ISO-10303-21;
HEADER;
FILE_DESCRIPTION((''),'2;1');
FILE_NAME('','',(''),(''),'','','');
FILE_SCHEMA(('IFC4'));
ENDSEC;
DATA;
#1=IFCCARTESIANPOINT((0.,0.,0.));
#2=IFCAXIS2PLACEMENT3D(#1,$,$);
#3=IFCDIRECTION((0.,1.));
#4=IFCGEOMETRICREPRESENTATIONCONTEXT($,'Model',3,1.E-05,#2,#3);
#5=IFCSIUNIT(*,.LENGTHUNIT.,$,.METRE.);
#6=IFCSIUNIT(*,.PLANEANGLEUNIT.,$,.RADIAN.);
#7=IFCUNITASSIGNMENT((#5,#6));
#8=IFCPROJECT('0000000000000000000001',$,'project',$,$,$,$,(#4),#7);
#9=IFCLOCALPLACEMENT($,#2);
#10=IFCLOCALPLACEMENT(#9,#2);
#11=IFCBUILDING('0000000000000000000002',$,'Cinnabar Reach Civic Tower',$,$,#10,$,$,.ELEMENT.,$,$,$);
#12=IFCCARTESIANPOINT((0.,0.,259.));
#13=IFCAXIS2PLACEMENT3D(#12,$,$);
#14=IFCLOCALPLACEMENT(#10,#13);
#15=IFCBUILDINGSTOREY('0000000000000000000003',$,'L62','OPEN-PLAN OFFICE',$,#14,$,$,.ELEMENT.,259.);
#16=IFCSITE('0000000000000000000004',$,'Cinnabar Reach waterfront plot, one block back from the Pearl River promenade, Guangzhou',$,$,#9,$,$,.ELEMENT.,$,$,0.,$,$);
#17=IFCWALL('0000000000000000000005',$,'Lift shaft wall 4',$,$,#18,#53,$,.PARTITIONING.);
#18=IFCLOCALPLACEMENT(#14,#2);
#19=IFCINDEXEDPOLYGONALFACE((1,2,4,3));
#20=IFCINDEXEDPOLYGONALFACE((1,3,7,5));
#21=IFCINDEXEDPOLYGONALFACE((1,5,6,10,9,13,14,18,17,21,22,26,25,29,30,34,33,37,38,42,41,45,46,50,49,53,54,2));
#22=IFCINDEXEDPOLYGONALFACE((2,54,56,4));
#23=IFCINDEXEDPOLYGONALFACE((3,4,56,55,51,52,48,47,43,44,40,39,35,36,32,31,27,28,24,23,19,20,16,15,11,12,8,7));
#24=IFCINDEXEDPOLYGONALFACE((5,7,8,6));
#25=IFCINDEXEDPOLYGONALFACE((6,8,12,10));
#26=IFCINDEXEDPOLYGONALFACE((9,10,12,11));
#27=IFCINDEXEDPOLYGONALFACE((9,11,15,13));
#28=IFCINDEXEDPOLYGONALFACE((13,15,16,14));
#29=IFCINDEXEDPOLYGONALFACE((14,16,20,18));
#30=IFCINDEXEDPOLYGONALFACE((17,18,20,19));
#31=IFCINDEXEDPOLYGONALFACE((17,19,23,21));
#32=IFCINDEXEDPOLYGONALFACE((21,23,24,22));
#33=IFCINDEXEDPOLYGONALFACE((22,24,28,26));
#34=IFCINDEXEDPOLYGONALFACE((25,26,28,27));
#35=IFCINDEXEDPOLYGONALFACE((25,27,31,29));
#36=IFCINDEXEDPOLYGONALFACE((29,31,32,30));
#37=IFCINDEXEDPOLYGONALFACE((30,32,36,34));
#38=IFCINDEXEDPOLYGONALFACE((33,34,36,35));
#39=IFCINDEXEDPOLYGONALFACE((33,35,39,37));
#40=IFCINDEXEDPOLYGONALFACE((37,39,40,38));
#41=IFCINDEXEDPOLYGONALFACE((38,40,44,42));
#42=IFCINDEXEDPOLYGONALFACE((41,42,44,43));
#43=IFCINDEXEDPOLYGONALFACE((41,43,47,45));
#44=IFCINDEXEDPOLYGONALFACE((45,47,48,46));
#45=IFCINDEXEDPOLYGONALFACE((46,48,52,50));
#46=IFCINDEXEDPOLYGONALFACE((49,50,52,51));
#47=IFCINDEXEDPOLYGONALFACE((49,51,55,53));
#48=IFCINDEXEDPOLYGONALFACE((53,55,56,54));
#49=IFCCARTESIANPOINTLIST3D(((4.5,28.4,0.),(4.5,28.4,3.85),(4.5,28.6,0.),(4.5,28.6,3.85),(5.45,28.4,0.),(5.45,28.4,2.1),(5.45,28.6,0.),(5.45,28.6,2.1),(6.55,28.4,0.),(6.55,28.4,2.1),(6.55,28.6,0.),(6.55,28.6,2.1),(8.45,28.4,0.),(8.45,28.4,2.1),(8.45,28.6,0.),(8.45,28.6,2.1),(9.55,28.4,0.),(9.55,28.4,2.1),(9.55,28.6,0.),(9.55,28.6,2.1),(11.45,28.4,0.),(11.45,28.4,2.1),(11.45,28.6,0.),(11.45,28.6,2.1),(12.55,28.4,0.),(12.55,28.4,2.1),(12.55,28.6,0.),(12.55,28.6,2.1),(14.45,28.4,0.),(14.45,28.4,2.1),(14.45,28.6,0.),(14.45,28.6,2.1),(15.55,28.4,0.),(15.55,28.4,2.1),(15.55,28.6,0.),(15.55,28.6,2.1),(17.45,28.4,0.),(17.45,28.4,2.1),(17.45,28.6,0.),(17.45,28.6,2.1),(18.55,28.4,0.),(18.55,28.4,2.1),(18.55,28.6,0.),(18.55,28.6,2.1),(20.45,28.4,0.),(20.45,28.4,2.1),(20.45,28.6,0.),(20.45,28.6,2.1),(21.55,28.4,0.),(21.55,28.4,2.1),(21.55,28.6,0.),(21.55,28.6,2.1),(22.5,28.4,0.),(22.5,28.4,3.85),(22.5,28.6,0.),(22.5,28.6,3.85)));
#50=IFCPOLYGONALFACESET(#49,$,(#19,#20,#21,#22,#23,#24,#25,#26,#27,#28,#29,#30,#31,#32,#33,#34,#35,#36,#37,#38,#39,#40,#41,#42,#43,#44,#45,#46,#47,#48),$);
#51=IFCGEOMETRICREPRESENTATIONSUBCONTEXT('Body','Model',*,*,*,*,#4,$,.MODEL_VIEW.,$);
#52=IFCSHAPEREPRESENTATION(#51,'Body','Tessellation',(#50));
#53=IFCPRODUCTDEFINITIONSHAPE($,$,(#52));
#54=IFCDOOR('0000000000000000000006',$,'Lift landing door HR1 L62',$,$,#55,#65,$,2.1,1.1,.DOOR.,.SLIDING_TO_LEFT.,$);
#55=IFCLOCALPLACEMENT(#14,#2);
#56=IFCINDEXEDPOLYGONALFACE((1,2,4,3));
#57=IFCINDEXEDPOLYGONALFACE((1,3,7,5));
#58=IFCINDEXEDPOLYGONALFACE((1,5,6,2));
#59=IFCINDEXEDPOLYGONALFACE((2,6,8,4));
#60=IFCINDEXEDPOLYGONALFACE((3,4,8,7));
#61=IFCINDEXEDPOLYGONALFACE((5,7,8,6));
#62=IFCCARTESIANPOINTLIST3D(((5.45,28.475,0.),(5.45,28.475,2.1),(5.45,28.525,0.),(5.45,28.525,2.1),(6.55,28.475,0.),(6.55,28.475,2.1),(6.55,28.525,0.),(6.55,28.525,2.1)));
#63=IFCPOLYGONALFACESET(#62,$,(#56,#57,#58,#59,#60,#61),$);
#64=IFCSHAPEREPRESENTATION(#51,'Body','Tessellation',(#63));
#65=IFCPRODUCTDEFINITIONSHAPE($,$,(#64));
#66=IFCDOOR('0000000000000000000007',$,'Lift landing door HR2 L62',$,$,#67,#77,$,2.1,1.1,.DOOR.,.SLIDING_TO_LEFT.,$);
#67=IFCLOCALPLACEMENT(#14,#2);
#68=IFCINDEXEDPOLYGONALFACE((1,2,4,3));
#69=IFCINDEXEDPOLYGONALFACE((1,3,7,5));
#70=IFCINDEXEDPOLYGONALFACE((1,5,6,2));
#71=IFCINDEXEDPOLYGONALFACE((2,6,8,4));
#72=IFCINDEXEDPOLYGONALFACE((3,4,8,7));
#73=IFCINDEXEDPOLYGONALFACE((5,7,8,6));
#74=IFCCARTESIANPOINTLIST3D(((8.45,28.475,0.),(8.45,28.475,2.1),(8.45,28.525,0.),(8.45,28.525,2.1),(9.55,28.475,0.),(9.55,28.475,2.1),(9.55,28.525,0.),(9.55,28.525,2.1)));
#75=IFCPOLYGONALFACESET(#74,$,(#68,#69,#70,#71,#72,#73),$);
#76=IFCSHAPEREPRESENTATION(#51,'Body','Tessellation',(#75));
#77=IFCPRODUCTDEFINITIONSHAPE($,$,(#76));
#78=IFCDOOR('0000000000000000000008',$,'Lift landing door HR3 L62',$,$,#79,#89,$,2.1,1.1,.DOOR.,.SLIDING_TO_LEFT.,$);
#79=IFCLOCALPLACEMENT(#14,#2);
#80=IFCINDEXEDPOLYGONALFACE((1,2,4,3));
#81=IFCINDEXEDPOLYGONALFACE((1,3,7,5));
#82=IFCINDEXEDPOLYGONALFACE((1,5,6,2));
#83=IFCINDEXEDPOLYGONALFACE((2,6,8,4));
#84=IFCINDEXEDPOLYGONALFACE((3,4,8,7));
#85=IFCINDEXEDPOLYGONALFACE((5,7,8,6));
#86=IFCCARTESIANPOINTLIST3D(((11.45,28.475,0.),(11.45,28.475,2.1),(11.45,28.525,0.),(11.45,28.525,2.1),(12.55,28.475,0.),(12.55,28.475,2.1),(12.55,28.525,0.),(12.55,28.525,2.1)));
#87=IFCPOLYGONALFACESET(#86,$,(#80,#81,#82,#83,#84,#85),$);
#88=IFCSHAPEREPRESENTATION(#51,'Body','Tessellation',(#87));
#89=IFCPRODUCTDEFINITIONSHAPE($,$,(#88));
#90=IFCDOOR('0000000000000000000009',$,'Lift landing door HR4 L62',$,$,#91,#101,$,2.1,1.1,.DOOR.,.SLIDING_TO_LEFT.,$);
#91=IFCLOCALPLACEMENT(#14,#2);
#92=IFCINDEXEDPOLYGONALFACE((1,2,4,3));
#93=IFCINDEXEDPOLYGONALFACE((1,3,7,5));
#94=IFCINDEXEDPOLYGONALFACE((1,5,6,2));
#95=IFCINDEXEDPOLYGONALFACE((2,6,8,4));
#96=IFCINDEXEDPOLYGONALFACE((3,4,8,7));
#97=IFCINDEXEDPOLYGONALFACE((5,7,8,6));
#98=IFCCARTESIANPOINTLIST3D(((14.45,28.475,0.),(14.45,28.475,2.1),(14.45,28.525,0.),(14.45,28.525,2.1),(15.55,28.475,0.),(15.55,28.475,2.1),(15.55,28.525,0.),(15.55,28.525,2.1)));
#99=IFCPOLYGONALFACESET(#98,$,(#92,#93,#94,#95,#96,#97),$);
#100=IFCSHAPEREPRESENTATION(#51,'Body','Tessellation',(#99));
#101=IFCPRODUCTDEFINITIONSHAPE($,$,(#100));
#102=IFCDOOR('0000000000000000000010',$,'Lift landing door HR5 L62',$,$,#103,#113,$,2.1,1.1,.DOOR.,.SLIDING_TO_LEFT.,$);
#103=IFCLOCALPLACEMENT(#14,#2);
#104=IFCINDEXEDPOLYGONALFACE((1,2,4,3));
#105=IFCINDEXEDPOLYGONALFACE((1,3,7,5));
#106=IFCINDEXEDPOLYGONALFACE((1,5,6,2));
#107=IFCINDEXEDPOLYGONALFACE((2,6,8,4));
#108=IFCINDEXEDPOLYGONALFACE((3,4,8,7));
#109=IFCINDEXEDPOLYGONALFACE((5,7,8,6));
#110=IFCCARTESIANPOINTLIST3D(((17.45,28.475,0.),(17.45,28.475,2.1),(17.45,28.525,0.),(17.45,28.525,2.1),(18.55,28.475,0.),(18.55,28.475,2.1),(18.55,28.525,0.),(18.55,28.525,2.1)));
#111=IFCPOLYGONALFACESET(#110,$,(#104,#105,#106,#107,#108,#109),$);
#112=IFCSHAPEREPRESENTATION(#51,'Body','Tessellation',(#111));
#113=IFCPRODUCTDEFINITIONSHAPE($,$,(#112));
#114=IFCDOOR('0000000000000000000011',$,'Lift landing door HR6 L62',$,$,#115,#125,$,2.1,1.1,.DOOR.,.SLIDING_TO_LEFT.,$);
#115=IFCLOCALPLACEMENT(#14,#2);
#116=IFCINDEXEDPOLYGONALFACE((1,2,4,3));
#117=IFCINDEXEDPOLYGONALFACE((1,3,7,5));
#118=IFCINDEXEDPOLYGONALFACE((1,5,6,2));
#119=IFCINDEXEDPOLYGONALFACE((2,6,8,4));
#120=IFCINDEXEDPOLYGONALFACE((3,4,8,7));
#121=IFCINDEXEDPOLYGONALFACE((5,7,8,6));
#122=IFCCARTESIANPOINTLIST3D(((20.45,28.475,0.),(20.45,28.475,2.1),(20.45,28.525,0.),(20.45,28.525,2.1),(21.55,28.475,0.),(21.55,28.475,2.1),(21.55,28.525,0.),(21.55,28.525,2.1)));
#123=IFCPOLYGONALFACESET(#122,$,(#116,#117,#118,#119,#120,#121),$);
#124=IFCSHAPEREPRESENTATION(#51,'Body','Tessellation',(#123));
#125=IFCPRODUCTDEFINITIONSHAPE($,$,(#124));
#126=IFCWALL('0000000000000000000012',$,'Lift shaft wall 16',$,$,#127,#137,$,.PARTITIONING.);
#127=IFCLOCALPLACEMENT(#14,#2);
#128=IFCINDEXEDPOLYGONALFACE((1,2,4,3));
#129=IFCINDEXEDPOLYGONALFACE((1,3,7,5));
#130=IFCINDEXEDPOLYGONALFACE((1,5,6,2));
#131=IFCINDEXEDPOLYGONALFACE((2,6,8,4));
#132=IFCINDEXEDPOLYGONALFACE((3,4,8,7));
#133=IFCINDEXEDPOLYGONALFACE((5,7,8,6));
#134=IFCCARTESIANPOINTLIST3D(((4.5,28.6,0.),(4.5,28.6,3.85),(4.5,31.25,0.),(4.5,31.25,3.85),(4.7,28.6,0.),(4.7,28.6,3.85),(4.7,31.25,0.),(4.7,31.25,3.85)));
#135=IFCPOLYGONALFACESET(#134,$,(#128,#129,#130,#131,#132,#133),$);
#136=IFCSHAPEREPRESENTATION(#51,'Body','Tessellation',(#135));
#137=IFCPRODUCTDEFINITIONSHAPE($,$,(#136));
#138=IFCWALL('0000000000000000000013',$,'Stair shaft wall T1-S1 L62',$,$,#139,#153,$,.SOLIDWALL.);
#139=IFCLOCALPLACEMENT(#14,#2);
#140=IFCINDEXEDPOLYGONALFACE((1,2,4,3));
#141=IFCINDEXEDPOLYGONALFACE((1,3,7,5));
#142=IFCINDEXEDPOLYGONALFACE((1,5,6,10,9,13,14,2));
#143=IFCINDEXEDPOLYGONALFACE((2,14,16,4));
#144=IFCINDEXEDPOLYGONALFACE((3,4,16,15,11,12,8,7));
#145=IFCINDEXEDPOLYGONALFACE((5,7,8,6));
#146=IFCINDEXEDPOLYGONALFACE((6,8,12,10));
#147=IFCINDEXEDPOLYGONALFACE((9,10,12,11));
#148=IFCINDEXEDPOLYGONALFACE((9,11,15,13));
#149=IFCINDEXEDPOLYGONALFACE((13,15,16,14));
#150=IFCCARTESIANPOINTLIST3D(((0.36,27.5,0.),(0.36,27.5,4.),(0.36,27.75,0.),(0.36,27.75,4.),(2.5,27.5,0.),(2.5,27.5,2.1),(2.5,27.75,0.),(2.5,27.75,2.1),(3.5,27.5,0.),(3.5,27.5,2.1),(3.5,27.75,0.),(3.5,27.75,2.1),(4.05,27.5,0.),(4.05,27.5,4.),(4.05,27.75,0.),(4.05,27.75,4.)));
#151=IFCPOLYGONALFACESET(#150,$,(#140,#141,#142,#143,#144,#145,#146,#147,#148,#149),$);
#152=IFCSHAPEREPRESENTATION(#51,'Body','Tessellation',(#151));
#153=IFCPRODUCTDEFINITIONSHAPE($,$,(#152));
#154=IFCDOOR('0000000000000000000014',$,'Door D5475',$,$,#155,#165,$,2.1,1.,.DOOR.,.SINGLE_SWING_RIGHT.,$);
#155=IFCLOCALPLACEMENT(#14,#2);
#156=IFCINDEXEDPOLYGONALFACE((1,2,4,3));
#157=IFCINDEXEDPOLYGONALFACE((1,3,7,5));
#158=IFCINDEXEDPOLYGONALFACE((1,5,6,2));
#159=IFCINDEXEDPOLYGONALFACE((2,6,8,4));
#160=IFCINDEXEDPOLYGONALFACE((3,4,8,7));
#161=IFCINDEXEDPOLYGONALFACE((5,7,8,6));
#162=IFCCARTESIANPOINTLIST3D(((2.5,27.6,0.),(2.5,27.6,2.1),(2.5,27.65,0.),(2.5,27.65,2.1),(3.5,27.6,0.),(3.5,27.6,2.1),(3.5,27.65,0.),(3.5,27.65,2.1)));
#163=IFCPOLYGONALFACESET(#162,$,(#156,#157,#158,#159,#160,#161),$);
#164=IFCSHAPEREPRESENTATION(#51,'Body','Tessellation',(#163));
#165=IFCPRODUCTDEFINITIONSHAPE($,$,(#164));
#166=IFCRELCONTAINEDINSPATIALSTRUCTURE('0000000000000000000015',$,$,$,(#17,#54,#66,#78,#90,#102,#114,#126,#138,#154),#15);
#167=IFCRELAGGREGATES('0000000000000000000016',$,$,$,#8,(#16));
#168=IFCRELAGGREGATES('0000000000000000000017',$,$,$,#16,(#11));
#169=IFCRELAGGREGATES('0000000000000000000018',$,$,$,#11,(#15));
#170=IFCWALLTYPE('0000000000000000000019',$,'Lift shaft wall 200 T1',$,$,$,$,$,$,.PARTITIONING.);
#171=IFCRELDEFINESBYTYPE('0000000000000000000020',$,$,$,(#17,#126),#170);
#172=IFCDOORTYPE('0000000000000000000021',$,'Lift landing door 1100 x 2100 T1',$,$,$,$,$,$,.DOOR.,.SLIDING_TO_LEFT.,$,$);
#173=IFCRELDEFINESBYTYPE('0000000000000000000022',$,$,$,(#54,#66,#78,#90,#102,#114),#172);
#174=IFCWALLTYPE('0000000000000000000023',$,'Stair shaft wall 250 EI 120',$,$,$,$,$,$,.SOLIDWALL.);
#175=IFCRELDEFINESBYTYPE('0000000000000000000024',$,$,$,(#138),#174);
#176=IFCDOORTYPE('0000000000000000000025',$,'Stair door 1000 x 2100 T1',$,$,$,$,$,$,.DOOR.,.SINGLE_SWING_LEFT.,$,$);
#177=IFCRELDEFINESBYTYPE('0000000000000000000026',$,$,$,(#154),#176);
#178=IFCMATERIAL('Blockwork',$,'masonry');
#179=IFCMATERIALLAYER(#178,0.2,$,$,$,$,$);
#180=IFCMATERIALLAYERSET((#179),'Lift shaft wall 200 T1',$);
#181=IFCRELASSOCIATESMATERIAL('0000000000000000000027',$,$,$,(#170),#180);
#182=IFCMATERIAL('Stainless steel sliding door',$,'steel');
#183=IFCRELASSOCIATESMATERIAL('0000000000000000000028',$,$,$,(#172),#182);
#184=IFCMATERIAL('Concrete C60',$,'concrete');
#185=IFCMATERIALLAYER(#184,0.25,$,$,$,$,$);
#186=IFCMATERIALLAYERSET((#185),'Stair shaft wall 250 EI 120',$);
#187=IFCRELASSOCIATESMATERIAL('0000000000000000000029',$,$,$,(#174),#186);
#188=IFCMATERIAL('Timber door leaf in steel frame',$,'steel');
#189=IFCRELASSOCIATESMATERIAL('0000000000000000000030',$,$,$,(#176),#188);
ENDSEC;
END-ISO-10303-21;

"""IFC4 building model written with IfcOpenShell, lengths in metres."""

from ifc_helpers import new_model, si_unit, direction, frame, frame_2d, origin, place, context, subcontext, project, spatial, rectangle, extrude, material, layer, layer_set, type_object, element, fill, save


model = new_model("IFC4")

# Units and contexts
model_context = context("Model", 3, precision=1e-05, world=origin(), true_north=direction((0.0, 1.0)))
body_context = subcontext(model_context, "Body", "Model", "MODEL_VIEW")
ifc_project = project(units=[si_unit("LENGTHUNIT", "METRE"), si_unit("PLANEANGLEUNIT", "RADIAN")], contexts=[model_context])

# Site, building, storey
site_placement = place(None, origin())
site = spatial("IfcSite", under=ifc_project, at=site_placement, Name="Cinnabar Reach waterfront plot, one block back from the Pearl River promenade, Guangzhou", CompositionType="ELEMENT", RefElevation=0.0)
building_placement = place(site_placement, origin())
building = spatial("IfcBuilding", under=site, at=building_placement, Name="Cinnabar Reach Civic Tower", CompositionType="ELEMENT")
storey_placement = place(building_placement, frame((0.0, 0.0, 259.0)))
storey = spatial("IfcBuildingStorey", under=building, at=storey_placement, Name="L62", Description="OPEN-PLAN OFFICE", CompositionType="ELEMENT", Elevation=259.0)

# Shared definitions
ifc_material_1 = material(Name="Concrete C60", Category="concrete")

# Shared definitions
ifc_material_2 = material(Name="Timber door leaf in steel frame", Category="steel")

# Wall, openings, doors
ifc_material_3 = material(Name="Blockwork", Category="masonry")
ifc_layer_1 = layer(ifc_material_3, 0.2)
ifc_layer_set_1 = layer_set([ifc_layer_1], Name="Lift shaft wall 200 T1")
wall_type_1 = type_object("IfcWallType", Name="Lift shaft wall 200 T1", PredefinedType="PARTITIONING", material=ifc_layer_set_1)
wall_1_placement = place(storey_placement, frame((4.5, 28.5, 0.0), z_axis=(0.0, 0.0, 1.0), x_axis=(1.0, 0.0, 0.0)))
wall_1 = element("IfcWall", 1, at=wall_1_placement, inside=storey, type_object=wall_type_1, Name="Lift shaft wall 4", PredefinedType="PARTITIONING", context=body_context, shape_type="SweptSolid", body=[
    extrude(rectangle(XDim=18.0, YDim=0.2, at=frame_2d((9.0, 0.0))), origin(), (0.0, 0.0, 1.0), 3.85),
])
opening_1_placement = place(wall_1_placement, frame((0.95, 0.0, 0.0)))
opening_1 = element("IfcOpeningElement", 2, at=opening_1_placement, cuts=wall_1, PredefinedType="OPENING", context=body_context, shape_type="SweptSolid", body=[
    extrude(rectangle(XDim=1.1, YDim=2.1, at=frame_2d((0.55, 1.05))), frame((0.0, 0.11, 0.0), z_axis=(0.0, -1.0, 0.0), x_axis=(1.0, 0.0, 0.0)), (0.0, 0.0, 1.0), 0.22),
])
opening_2_placement = place(wall_1_placement, frame((3.95, 0.0, 0.0)))
opening_2 = element("IfcOpeningElement", 3, at=opening_2_placement, cuts=wall_1, PredefinedType="OPENING", context=body_context, shape_type="SweptSolid", body=[
    extrude(rectangle(XDim=1.1, YDim=2.1, at=frame_2d((0.55, 1.05))), frame((0.0, 0.11, 0.0), z_axis=(0.0, -1.0, 0.0), x_axis=(1.0, 0.0, 0.0)), (0.0, 0.0, 1.0), 0.22),
])
opening_3_placement = place(wall_1_placement, frame((6.95, 0.0, 0.0)))
opening_3 = element("IfcOpeningElement", 4, at=opening_3_placement, cuts=wall_1, PredefinedType="OPENING", context=body_context, shape_type="SweptSolid", body=[
    extrude(rectangle(XDim=1.1, YDim=2.1, at=frame_2d((0.55, 1.05))), frame((0.0, 0.11, 0.0), z_axis=(0.0, -1.0, 0.0), x_axis=(1.0, 0.0, 0.0)), (0.0, 0.0, 1.0), 0.22),
])
opening_4_placement = place(wall_1_placement, frame((9.95, 0.0, 0.0)))
opening_4 = element("IfcOpeningElement", 5, at=opening_4_placement, cuts=wall_1, PredefinedType="OPENING", context=body_context, shape_type="SweptSolid", body=[
    extrude(rectangle(XDim=1.1, YDim=2.1, at=frame_2d((0.55, 1.05))), frame((0.0, 0.11, 0.0), z_axis=(0.0, -1.0, 0.0), x_axis=(1.0, 0.0, 0.0)), (0.0, 0.0, 1.0), 0.22),
])
opening_5_placement = place(wall_1_placement, frame((12.95, 0.0, 0.0)))
opening_5 = element("IfcOpeningElement", 6, at=opening_5_placement, cuts=wall_1, PredefinedType="OPENING", context=body_context, shape_type="SweptSolid", body=[
    extrude(rectangle(XDim=1.1, YDim=2.1, at=frame_2d((0.55, 1.05))), frame((0.0, 0.11, 0.0), z_axis=(0.0, -1.0, 0.0), x_axis=(1.0, 0.0, 0.0)), (0.0, 0.0, 1.0), 0.22),
])
opening_6_placement = place(wall_1_placement, frame((15.95, 0.0, 0.0)))
opening_6 = element("IfcOpeningElement", 7, at=opening_6_placement, cuts=wall_1, PredefinedType="OPENING", context=body_context, shape_type="SweptSolid", body=[
    extrude(rectangle(XDim=1.1, YDim=2.1, at=frame_2d((0.55, 1.05))), frame((0.0, 0.11, 0.0), z_axis=(0.0, -1.0, 0.0), x_axis=(1.0, 0.0, 0.0)), (0.0, 0.0, 1.0), 0.22),
])
ifc_material_4 = material(Name="Stainless steel sliding door", Category="steel")
door_type_1 = type_object("IfcDoorType", Name="Lift landing door 1100 x 2100 T1", OperationType="SLIDING_TO_LEFT", PredefinedType="DOOR", material=ifc_material_4)
door_1_placement = place(opening_1_placement, origin())
door_1 = element("IfcDoor", 8, at=door_1_placement, inside=storey, type_object=door_type_1, Name="Lift landing door HR1 L62", OperationType="SLIDING_TO_LEFT", OverallHeight=2.1, OverallWidth=1.1, PredefinedType="DOOR", context=body_context, shape_type="SweptSolid", body=[
    extrude(rectangle(XDim=1.1, YDim=2.1, at=frame_2d((0.55, 1.05))), frame((0.0, 0.025, 0.0), z_axis=(0.0, -1.0, 0.0), x_axis=(1.0, 0.0, 0.0)), (0.0, 0.0, 1.0), 0.05),
])
fill(opening_1, door_1)
door_2_placement = place(opening_2_placement, origin())
door_2 = element("IfcDoor", 9, at=door_2_placement, inside=storey, type_object=door_type_1, Name="Lift landing door HR2 L62", OperationType="SLIDING_TO_LEFT", OverallHeight=2.1, OverallWidth=1.1, PredefinedType="DOOR", context=body_context, shape_type="SweptSolid", body=[
    extrude(rectangle(XDim=1.1, YDim=2.1, at=frame_2d((0.55, 1.05))), frame((0.0, 0.025, 0.0), z_axis=(0.0, -1.0, 0.0), x_axis=(1.0, 0.0, 0.0)), (0.0, 0.0, 1.0), 0.05),
])
fill(opening_2, door_2)
door_3_placement = place(opening_3_placement, origin())
door_3 = element("IfcDoor", 10, at=door_3_placement, inside=storey, type_object=door_type_1, Name="Lift landing door HR3 L62", OperationType="SLIDING_TO_LEFT", OverallHeight=2.1, OverallWidth=1.1, PredefinedType="DOOR", context=body_context, shape_type="SweptSolid", body=[
    extrude(rectangle(XDim=1.1, YDim=2.1, at=frame_2d((0.55, 1.05))), frame((0.0, 0.025, 0.0), z_axis=(0.0, -1.0, 0.0), x_axis=(1.0, 0.0, 0.0)), (0.0, 0.0, 1.0), 0.05),
])
fill(opening_3, door_3)
door_4_placement = place(opening_4_placement, origin())
door_4 = element("IfcDoor", 11, at=door_4_placement, inside=storey, type_object=door_type_1, Name="Lift landing door HR4 L62", OperationType="SLIDING_TO_LEFT", OverallHeight=2.1, OverallWidth=1.1, PredefinedType="DOOR", context=body_context, shape_type="SweptSolid", body=[
    extrude(rectangle(XDim=1.1, YDim=2.1, at=frame_2d((0.55, 1.05))), frame((0.0, 0.025, 0.0), z_axis=(0.0, -1.0, 0.0), x_axis=(1.0, 0.0, 0.0)), (0.0, 0.0, 1.0), 0.05),
])
fill(opening_4, door_4)
door_5_placement = place(opening_5_placement, origin())
door_5 = element("IfcDoor", 12, at=door_5_placement, inside=storey, type_object=door_type_1, Name="Lift landing door HR5 L62", OperationType="SLIDING_TO_LEFT", OverallHeight=2.1, OverallWidth=1.1, PredefinedType="DOOR", context=body_context, shape_type="SweptSolid", body=[
    extrude(rectangle(XDim=1.1, YDim=2.1, at=frame_2d((0.55, 1.05))), frame((0.0, 0.025, 0.0), z_axis=(0.0, -1.0, 0.0), x_axis=(1.0, 0.0, 0.0)), (0.0, 0.0, 1.0), 0.05),
])
fill(opening_5, door_5)
door_6_placement = place(opening_6_placement, origin())
door_6 = element("IfcDoor", 13, at=door_6_placement, inside=storey, type_object=door_type_1, Name="Lift landing door HR6 L62", OperationType="SLIDING_TO_LEFT", OverallHeight=2.1, OverallWidth=1.1, PredefinedType="DOOR", context=body_context, shape_type="SweptSolid", body=[
    extrude(rectangle(XDim=1.1, YDim=2.1, at=frame_2d((0.55, 1.05))), frame((0.0, 0.025, 0.0), z_axis=(0.0, -1.0, 0.0), x_axis=(1.0, 0.0, 0.0)), (0.0, 0.0, 1.0), 0.05),
])
fill(opening_6, door_6)

# Wall
wall_2_placement = place(storey_placement, frame((4.6, 28.6, 0.0), z_axis=(0.0, 0.0, 1.0), x_axis=(0.0, 1.0, 0.0)))
element("IfcWall", 14, at=wall_2_placement, inside=storey, type_object=wall_type_1, Name="Lift shaft wall 16", PredefinedType="PARTITIONING", context=body_context, shape_type="SweptSolid", body=[
    extrude(rectangle(XDim=2.65, YDim=0.2, at=frame_2d((1.325, 0.0))), origin(), (0.0, 0.0, 1.0), 3.85),
])

# Wall, opening, door
ifc_layer_2 = layer(ifc_material_1, 0.25)
ifc_layer_set_2 = layer_set([ifc_layer_2], Name="Stair shaft wall 250 EI 120")
wall_type_2 = type_object("IfcWallType", Name="Stair shaft wall 250 EI 120", PredefinedType="SOLIDWALL", material=ifc_layer_set_2)
wall_3_placement = place(storey_placement, frame((4.05, 27.625, 0.0), z_axis=(0.0, 0.0, 1.0), x_axis=(-1.0, 0.0, 0.0)))
wall_3 = element("IfcWall", 15, at=wall_3_placement, inside=storey, type_object=wall_type_2, Name="Stair shaft wall T1-S1 L62", PredefinedType="SOLIDWALL", context=body_context, shape_type="SweptSolid", body=[
    extrude(rectangle(XDim=3.69, YDim=0.25, at=frame_2d((1.845, 0.0))), origin(), (0.0, 0.0, 1.0), 4.0),
])
opening_7_placement = place(wall_3_placement, frame((0.55, 0.0, 0.0)))
opening_7 = element("IfcOpeningElement", 16, at=opening_7_placement, cuts=wall_3, PredefinedType="OPENING", context=body_context, shape_type="SweptSolid", body=[
    extrude(rectangle(XDim=1.0, YDim=2.1, at=frame_2d((0.5, 1.05))), frame((0.0, 0.135, 0.0), z_axis=(0.0, -1.0, 0.0), x_axis=(1.0, 0.0, 0.0)), (0.0, 0.0, 1.0), 0.27),
])
door_type_2 = type_object("IfcDoorType", Name="Stair door 1000 x 2100 T1", OperationType="SINGLE_SWING_LEFT", PredefinedType="DOOR", material=ifc_material_2)
door_7_placement = place(opening_7_placement, origin())
door_7 = element("IfcDoor", 17, at=door_7_placement, inside=storey, type_object=door_type_2, Name="Door D5475", OperationType="SINGLE_SWING_RIGHT", OverallHeight=2.1, OverallWidth=1.0, PredefinedType="DOOR", context=body_context, shape_type="SweptSolid", body=[
    extrude(rectangle(XDim=1.0, YDim=2.1, at=frame_2d((0.5, 1.05))), frame((0.0, 0.025, 0.0), z_axis=(0.0, -1.0, 0.0), x_axis=(1.0, 0.0, 0.0)), (0.0, 0.0, 1.0), 0.05),
])
fill(opening_7, door_7)

save(model, "model.ifc")
